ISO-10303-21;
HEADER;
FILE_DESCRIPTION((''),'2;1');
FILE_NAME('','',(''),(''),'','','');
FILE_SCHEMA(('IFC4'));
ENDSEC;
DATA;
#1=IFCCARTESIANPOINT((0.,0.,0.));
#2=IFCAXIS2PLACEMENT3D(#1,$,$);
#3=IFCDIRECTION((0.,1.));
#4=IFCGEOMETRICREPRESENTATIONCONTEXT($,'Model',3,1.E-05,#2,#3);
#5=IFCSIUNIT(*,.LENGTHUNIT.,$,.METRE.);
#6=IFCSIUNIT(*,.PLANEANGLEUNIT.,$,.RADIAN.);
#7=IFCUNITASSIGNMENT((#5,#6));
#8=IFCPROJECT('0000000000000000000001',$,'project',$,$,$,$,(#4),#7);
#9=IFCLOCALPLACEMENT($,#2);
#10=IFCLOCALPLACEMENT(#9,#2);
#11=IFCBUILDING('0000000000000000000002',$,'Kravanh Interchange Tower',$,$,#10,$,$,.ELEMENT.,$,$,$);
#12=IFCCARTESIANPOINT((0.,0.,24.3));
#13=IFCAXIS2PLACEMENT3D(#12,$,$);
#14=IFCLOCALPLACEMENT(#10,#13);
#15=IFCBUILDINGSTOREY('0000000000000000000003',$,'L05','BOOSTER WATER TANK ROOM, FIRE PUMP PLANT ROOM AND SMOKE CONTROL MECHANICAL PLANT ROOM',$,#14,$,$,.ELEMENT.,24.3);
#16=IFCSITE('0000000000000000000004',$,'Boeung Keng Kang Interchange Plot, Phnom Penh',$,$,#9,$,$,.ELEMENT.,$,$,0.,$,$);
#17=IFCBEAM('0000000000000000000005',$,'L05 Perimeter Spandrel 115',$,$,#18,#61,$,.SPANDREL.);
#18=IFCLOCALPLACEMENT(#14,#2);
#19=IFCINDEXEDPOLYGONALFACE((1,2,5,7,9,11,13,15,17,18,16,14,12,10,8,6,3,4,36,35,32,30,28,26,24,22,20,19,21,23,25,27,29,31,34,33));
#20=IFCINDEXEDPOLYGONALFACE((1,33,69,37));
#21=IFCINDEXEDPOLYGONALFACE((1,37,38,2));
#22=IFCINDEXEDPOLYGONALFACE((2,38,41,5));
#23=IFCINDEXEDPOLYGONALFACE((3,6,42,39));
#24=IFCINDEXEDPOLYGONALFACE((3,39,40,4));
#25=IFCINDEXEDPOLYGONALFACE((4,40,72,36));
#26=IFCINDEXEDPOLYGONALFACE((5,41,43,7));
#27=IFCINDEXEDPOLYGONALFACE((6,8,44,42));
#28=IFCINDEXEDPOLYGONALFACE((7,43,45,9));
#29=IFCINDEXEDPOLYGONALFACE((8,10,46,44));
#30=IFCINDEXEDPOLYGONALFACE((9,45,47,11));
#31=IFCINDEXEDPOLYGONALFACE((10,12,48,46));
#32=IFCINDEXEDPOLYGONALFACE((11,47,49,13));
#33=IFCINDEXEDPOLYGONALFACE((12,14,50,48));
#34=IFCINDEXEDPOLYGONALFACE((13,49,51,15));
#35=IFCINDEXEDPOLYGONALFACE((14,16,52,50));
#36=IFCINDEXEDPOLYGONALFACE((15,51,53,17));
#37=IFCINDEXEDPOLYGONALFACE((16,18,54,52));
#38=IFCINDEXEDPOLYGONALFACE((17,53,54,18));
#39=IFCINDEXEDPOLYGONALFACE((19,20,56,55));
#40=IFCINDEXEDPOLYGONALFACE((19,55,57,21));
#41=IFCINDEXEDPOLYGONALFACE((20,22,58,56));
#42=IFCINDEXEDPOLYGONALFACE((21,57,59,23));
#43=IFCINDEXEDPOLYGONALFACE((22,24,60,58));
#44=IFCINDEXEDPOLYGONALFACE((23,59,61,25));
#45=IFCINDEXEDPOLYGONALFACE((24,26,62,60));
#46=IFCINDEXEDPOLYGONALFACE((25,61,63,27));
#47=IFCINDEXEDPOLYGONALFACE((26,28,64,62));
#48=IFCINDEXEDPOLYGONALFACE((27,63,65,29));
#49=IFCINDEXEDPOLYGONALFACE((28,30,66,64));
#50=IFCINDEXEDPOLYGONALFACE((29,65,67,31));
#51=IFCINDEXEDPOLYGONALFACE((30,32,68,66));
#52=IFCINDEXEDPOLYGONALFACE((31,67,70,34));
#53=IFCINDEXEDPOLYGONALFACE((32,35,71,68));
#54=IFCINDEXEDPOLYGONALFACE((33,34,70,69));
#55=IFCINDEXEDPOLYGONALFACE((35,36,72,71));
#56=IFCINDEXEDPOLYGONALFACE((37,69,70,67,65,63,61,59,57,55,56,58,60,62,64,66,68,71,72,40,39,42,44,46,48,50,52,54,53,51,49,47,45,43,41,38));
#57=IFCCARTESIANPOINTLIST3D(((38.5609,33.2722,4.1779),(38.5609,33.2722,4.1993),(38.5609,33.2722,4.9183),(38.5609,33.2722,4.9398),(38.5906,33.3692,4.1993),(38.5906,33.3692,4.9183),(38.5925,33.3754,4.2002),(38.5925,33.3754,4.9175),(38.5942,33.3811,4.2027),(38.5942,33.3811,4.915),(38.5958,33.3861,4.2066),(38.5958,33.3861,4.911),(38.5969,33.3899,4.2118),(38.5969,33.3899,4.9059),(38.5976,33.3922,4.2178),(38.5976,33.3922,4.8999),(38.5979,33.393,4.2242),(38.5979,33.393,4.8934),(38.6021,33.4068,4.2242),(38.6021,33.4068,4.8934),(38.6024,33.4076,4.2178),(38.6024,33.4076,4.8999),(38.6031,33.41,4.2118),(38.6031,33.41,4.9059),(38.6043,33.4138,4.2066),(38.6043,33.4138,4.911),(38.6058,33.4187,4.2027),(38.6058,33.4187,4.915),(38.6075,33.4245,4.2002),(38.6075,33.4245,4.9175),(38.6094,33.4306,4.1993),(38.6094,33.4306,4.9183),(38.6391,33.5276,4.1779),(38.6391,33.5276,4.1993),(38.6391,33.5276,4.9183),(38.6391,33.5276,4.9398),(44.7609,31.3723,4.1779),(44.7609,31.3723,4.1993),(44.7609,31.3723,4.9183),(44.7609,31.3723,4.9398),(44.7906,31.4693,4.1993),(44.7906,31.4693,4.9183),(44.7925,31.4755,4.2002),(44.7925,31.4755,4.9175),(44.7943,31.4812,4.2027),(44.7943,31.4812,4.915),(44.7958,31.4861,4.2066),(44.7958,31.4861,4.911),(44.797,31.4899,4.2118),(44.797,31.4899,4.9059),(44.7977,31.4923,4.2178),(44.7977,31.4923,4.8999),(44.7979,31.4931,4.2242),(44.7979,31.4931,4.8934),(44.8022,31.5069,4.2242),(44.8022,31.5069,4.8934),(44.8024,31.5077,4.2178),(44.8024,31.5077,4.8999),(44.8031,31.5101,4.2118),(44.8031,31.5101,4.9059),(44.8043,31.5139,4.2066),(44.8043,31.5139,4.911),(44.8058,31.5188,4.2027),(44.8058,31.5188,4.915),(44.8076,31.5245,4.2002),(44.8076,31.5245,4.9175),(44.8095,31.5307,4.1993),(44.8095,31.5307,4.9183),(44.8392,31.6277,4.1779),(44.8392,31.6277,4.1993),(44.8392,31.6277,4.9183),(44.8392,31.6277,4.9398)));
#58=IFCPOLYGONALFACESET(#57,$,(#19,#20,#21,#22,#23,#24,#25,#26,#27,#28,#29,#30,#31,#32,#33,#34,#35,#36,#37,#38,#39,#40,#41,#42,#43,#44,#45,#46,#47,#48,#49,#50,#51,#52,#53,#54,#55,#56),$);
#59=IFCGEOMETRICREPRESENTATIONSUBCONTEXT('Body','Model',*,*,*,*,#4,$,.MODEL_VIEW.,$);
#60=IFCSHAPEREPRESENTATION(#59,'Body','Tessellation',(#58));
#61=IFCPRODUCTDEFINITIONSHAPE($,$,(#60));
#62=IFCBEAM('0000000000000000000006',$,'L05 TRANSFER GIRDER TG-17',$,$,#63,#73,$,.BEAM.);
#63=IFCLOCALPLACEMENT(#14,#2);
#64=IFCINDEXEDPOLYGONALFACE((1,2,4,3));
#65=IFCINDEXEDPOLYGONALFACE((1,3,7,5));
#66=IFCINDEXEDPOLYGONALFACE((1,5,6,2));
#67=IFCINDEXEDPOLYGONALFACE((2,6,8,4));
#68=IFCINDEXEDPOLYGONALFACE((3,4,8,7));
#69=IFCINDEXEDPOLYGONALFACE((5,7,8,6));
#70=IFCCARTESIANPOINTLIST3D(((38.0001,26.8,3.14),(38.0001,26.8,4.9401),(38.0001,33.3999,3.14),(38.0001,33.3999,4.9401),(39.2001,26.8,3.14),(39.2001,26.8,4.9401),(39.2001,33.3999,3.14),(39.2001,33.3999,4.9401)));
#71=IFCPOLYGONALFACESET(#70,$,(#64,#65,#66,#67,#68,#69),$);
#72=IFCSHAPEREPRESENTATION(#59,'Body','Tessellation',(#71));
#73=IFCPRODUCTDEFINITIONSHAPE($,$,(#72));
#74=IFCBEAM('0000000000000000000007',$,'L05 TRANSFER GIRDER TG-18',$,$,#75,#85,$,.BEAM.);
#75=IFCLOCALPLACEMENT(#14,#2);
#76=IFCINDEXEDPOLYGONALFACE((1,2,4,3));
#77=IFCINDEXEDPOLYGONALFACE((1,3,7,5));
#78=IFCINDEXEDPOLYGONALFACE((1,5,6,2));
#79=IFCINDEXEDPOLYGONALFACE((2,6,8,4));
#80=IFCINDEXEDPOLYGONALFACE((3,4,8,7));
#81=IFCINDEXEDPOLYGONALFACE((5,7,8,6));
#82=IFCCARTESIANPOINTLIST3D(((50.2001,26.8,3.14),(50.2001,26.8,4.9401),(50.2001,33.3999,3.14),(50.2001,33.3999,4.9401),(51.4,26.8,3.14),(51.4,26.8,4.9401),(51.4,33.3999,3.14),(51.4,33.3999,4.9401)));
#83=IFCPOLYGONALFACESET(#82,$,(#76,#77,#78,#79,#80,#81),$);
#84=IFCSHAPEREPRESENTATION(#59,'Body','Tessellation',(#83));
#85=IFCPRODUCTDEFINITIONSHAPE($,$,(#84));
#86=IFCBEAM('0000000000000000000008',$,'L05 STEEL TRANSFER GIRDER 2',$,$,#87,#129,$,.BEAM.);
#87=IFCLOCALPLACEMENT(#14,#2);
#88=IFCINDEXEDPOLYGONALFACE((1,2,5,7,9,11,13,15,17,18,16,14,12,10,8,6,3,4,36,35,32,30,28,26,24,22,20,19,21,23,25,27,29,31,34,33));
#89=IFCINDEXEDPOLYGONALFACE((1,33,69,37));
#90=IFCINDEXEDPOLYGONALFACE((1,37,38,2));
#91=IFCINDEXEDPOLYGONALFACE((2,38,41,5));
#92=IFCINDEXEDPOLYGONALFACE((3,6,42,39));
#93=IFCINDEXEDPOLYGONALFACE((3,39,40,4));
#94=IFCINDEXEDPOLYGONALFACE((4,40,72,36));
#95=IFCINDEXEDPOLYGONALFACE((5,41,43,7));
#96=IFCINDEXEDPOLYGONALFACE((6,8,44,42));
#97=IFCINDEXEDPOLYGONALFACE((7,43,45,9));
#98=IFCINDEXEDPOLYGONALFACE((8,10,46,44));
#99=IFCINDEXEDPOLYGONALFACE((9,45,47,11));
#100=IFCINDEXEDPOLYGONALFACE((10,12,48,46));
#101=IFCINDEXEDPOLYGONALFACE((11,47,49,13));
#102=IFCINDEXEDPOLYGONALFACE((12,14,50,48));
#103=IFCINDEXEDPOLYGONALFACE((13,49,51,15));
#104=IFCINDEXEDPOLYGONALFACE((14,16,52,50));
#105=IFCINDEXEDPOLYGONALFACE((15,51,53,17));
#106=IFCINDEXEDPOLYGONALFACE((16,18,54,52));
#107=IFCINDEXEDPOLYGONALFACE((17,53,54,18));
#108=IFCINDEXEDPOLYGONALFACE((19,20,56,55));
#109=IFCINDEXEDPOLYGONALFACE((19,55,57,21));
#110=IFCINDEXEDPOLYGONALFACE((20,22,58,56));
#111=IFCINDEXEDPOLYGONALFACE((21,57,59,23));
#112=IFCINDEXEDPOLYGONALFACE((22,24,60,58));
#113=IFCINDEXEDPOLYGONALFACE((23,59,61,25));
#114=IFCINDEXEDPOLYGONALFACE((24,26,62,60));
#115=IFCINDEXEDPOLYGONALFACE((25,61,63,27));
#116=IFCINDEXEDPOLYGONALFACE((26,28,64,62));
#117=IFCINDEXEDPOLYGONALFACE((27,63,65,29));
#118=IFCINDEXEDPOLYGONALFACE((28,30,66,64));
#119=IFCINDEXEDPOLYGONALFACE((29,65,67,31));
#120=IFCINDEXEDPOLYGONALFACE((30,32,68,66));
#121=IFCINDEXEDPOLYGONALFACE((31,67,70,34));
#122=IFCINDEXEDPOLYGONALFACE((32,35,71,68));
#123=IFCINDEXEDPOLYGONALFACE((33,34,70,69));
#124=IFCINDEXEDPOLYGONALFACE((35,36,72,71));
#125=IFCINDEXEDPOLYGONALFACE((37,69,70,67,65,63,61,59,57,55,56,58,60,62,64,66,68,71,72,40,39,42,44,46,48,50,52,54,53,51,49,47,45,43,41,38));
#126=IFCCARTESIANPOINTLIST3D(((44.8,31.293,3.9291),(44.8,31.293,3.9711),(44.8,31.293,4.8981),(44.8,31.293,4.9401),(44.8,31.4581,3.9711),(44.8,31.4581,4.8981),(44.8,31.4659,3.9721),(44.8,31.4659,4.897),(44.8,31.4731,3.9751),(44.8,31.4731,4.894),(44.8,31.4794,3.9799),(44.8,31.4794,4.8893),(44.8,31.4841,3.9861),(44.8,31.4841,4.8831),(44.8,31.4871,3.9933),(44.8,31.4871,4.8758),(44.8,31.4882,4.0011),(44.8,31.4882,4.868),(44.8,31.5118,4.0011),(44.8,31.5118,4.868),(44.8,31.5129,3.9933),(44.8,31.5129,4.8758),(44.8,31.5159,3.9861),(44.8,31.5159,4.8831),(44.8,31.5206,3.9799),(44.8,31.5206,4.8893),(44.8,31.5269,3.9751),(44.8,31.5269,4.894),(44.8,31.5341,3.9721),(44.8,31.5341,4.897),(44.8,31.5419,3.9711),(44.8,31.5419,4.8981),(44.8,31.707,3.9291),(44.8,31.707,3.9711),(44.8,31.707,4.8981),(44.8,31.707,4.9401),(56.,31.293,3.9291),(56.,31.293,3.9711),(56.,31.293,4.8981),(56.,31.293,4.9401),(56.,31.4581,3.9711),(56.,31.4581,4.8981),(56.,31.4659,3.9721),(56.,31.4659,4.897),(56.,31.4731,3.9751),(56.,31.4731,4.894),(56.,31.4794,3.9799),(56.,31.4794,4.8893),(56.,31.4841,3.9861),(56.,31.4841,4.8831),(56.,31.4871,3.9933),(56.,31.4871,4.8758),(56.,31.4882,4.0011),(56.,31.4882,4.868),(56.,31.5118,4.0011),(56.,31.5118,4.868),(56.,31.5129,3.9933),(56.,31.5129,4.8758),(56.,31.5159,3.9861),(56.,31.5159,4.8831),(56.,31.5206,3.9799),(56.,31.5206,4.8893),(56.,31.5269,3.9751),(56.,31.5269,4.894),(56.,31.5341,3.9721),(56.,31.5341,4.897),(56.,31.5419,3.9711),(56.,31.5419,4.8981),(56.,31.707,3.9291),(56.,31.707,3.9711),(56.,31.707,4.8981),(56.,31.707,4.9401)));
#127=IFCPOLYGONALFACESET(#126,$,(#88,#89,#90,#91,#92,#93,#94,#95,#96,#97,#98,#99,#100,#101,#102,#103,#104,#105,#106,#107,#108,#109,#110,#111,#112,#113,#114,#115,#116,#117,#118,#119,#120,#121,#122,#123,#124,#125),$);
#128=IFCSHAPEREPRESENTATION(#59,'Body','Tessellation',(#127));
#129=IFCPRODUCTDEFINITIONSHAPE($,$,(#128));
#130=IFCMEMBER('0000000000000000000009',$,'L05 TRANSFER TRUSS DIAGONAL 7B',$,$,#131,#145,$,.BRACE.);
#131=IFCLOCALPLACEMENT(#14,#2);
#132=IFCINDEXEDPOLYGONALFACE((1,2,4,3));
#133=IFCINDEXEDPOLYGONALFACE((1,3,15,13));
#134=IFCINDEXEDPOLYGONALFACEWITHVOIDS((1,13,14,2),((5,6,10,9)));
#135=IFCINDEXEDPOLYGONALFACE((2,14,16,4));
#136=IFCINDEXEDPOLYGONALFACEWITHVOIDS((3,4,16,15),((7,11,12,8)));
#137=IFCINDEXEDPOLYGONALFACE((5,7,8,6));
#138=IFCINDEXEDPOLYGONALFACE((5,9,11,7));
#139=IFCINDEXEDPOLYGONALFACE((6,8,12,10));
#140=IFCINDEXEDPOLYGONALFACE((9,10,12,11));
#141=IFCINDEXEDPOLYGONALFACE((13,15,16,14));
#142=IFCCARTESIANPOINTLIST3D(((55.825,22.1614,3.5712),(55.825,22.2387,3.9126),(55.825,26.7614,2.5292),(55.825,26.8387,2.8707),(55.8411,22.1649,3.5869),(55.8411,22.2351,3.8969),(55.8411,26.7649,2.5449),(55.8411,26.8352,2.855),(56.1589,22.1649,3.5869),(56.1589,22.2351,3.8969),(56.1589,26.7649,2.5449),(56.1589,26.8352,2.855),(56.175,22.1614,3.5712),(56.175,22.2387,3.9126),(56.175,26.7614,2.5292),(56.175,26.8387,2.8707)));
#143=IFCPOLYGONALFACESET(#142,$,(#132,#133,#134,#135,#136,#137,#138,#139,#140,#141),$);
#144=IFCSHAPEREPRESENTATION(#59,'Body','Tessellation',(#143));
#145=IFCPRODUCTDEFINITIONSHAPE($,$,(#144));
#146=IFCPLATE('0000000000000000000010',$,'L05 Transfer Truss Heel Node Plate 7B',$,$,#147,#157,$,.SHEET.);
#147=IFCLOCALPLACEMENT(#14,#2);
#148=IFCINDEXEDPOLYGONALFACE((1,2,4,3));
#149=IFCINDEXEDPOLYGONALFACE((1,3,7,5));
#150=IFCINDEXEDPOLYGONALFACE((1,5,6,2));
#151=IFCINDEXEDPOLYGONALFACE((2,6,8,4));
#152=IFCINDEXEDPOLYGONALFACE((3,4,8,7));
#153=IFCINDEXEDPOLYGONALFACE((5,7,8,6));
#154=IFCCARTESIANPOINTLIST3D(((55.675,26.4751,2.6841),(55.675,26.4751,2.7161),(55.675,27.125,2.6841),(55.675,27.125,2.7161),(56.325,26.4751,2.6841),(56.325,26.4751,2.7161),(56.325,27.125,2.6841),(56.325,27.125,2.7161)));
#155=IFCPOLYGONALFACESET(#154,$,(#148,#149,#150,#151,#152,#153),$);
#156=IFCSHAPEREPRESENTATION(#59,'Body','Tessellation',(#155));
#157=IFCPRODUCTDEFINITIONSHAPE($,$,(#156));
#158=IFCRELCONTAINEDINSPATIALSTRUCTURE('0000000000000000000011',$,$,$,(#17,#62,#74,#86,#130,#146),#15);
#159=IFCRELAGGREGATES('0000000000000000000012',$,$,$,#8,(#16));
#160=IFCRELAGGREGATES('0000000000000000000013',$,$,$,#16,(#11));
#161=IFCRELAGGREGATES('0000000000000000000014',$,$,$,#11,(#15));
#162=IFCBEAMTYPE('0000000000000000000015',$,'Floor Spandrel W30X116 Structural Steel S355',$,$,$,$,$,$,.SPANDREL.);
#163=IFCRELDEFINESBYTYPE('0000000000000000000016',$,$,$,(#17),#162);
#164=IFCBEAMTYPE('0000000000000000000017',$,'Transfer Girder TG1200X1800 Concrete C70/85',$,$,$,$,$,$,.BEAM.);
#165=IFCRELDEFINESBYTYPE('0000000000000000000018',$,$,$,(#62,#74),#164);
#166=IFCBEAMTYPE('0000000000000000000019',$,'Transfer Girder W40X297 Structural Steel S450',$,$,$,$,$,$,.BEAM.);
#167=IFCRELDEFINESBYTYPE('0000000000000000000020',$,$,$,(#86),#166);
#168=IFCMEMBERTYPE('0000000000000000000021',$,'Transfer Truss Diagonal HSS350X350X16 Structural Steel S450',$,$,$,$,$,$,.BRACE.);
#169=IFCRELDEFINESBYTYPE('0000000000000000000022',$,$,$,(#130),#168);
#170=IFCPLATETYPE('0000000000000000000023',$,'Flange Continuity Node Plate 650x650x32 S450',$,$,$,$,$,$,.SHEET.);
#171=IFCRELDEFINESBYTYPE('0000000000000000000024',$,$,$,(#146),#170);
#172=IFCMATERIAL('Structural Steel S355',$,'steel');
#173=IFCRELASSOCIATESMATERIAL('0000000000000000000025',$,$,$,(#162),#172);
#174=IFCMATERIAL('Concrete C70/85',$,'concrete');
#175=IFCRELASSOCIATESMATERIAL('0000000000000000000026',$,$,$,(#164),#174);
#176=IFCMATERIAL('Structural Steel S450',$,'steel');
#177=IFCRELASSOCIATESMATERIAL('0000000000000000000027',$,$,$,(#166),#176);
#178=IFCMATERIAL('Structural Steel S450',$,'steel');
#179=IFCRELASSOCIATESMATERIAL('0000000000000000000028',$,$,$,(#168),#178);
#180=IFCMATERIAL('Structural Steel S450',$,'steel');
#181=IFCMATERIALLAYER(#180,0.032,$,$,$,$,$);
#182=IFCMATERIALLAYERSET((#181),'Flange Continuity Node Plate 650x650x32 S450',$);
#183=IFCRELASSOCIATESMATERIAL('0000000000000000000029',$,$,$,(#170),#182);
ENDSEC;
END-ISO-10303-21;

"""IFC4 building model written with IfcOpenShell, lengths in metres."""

from ifc_helpers import new_model, si_unit, direction, frame, origin, origin_2d, place, context, subcontext, project, spatial, rectangle, hollow_rectangle, i_section, extrude, material, layer, layer_set, material_profile, profile_set, type_object, element, save


model = new_model("IFC4")

# Units and contexts
model_context = context("Model", 3, precision=1e-05, world=origin(), true_north=direction((0.0, 1.0)))
body_context = subcontext(model_context, "Body", "Model", "MODEL_VIEW")
ifc_project = project(units=[si_unit("LENGTHUNIT", "METRE"), si_unit("PLANEANGLEUNIT", "RADIAN")], contexts=[model_context])

# Site, building, storey
site_placement = place(None, origin())
site = spatial("IfcSite", under=ifc_project, at=site_placement, Name="Boeung Keng Kang Interchange Plot, Phnom Penh", CompositionType="ELEMENT", RefElevation=0.0)
building_placement = place(site_placement, origin())
building = spatial("IfcBuilding", under=site, at=building_placement, Name="Kravanh Interchange Tower", CompositionType="ELEMENT")
storey_placement = place(building_placement, frame((0.0, 0.0, 24.3)))
storey = spatial("IfcBuildingStorey", under=building, at=storey_placement, Name="L05", Description="BOOSTER WATER TANK ROOM, FIRE PUMP PLANT ROOM AND SMOKE CONTROL MECHANICAL PLANT ROOM", CompositionType="ELEMENT", Elevation=24.3)

# Beams
ifc_material_1 = material(Name="Structural Steel S355", Category="steel")
ifc_material_profile_1 = material_profile(ifc_material_1, i_section(OverallWidth=0.2671, OverallDepth=0.762, WebThickness=0.0144, FlangeThickness=0.0215, FilletRadius=0.0249, at=origin_2d()), Name="W30X116")
ifc_profile_set_1 = profile_set([ifc_material_profile_1], Name="Structural Steel S355")
beam_type_1 = type_object("IfcBeamType", Name="Floor Spandrel W30X116 Structural Steel S355", PredefinedType="SPANDREL", material=ifc_profile_set_1)
beam_1_placement = place(storey_placement, frame((44.8, 31.5, 4.5588), z_axis=(-0.956115, 0.29299, 0.0), x_axis=(-0.29299, -0.956115, 0.0)))
element("IfcBeam", 1, at=beam_1_placement, inside=storey, type_object=beam_type_1, Name="L05 Perimeter Spandrel 115", PredefinedType="SPANDREL", context=body_context, shape_type="SweptSolid", body=[
    extrude(i_section(OverallWidth=0.2671, OverallDepth=0.762, WebThickness=0.0144, FlangeThickness=0.0215, FilletRadius=0.0249, at=origin_2d()), origin(), (0.0, 0.0, 1.0), 6.4846),
])
ifc_material_2 = material(Name="Concrete C70/85", Category="concrete")
ifc_material_profile_2 = material_profile(ifc_material_2, rectangle(XDim=1.2, YDim=1.8, at=origin_2d()), Name="TG1200X1800")
ifc_profile_set_2 = profile_set([ifc_material_profile_2], Name="Concrete C70/85")
beam_type_2 = type_object("IfcBeamType", Name="Transfer Girder TG1200X1800 Concrete C70/85", PredefinedType="BEAM", material=ifc_profile_set_2)
for number, where, z_axis, x_axis, name in (
    (2, (38.6001, 33.3999, 4.04), (0.0, -1.0, 0.0), (1.0, 0.0, 0.0), "L05 TRANSFER GIRDER TG-17"),
    (3, (50.8, 33.3999, 4.04), (0.0, -1.0, 0.0), (1.0, 0.0, 0.0), "L05 TRANSFER GIRDER TG-18"),
):
    element("IfcBeam", number, at=place(storey_placement, frame(where, z_axis=z_axis, x_axis=x_axis)), inside=storey, type_object=beam_type_2, Name=name, PredefinedType="BEAM", context=body_context, shape_type="SweptSolid", body=[
        extrude(rectangle(XDim=1.2, YDim=1.8, at=origin_2d()), origin(), (0.0, 0.0, 1.0), 6.5999),
    ])
ifc_material_3 = material(Name="Structural Steel S450", Category="steel")
ifc_material_profile_3 = material_profile(ifc_material_3, i_section(OverallWidth=0.4141, OverallDepth=1.011, WebThickness=0.0237, FlangeThickness=0.042, FilletRadius=0.03, at=origin_2d()), Name="W40X297")
ifc_profile_set_3 = profile_set([ifc_material_profile_3], Name="Structural Steel S450")
beam_type_3 = type_object("IfcBeamType", Name="Transfer Girder W40X297 Structural Steel S450", PredefinedType="BEAM", material=ifc_profile_set_3)
beam_2_placement = place(storey_placement, frame((44.8, 31.5, 4.4346), z_axis=(1.0, 0.0, 0.0), x_axis=(0.0, 1.0, 0.0)))
element("IfcBeam", 4, at=beam_2_placement, inside=storey, type_object=beam_type_3, Name="L05 STEEL TRANSFER GIRDER 2", PredefinedType="BEAM", context=body_context, shape_type="SweptSolid", body=[
    extrude(i_section(OverallWidth=0.4141, OverallDepth=1.011, WebThickness=0.0237, FlangeThickness=0.042, FilletRadius=0.03, at=origin_2d()), origin(), (0.0, 0.0, 1.0), 11.2),
])

# Member
ifc_material_4 = material(Name="Structural Steel S450", Category="steel")
ifc_material_profile_4 = material_profile(ifc_material_4, hollow_rectangle(XDim=0.3501, YDim=0.3501, WallThickness=0.0161, at=origin_2d()), Name="HSS350X350X16")
ifc_profile_set_4 = profile_set([ifc_material_profile_4], Name="Structural Steel S450")
member_type = type_object("IfcMemberType", Name="Transfer Truss Diagonal HSS350X350X16 Structural Steel S450", PredefinedType="BRACE", material=ifc_profile_set_4)
member_placement = place(storey_placement, frame((56.0, 26.8, 2.7), z_axis=(0.0, -0.975292, 0.220919), x_axis=(1.0, 0.0, 0.0)))
element("IfcMember", 5, at=member_placement, inside=storey, type_object=member_type, Name="L05 TRANSFER TRUSS DIAGONAL 7B", PredefinedType="BRACE", context=body_context, shape_type="SweptSolid", body=[
    extrude(hollow_rectangle(XDim=0.3501, YDim=0.3501, WallThickness=0.0161, at=origin_2d()), origin(), (0.0, 0.0, 1.0), 4.7166),
])

# Plate
ifc_material_5 = material(Name="Structural Steel S450", Category="steel")
ifc_layer = layer(ifc_material_5, 0.032)
ifc_layer_set = layer_set([ifc_layer], Name="Flange Continuity Node Plate 650x650x32 S450")
plate_type = type_object("IfcPlateType", Name="Flange Continuity Node Plate 650x650x32 S450", PredefinedType="SHEET", material=ifc_layer_set)
plate_placement = place(storey_placement, frame((56.0, 26.8, 2.6841), z_axis=(0.0, 0.0, 1.0), x_axis=(1.0, 0.0, 0.0)))
element("IfcPlate", 6, at=plate_placement, inside=storey, type_object=plate_type, Name="L05 Transfer Truss Heel Node Plate 7B", PredefinedType="SHEET", context=body_context, shape_type="SweptSolid", body=[
    extrude(rectangle(XDim=0.6499, YDim=0.6499, at=origin_2d()), origin(), (0.0, 0.0, 1.0), 0.032),
])

save(model, "model.ifc")
